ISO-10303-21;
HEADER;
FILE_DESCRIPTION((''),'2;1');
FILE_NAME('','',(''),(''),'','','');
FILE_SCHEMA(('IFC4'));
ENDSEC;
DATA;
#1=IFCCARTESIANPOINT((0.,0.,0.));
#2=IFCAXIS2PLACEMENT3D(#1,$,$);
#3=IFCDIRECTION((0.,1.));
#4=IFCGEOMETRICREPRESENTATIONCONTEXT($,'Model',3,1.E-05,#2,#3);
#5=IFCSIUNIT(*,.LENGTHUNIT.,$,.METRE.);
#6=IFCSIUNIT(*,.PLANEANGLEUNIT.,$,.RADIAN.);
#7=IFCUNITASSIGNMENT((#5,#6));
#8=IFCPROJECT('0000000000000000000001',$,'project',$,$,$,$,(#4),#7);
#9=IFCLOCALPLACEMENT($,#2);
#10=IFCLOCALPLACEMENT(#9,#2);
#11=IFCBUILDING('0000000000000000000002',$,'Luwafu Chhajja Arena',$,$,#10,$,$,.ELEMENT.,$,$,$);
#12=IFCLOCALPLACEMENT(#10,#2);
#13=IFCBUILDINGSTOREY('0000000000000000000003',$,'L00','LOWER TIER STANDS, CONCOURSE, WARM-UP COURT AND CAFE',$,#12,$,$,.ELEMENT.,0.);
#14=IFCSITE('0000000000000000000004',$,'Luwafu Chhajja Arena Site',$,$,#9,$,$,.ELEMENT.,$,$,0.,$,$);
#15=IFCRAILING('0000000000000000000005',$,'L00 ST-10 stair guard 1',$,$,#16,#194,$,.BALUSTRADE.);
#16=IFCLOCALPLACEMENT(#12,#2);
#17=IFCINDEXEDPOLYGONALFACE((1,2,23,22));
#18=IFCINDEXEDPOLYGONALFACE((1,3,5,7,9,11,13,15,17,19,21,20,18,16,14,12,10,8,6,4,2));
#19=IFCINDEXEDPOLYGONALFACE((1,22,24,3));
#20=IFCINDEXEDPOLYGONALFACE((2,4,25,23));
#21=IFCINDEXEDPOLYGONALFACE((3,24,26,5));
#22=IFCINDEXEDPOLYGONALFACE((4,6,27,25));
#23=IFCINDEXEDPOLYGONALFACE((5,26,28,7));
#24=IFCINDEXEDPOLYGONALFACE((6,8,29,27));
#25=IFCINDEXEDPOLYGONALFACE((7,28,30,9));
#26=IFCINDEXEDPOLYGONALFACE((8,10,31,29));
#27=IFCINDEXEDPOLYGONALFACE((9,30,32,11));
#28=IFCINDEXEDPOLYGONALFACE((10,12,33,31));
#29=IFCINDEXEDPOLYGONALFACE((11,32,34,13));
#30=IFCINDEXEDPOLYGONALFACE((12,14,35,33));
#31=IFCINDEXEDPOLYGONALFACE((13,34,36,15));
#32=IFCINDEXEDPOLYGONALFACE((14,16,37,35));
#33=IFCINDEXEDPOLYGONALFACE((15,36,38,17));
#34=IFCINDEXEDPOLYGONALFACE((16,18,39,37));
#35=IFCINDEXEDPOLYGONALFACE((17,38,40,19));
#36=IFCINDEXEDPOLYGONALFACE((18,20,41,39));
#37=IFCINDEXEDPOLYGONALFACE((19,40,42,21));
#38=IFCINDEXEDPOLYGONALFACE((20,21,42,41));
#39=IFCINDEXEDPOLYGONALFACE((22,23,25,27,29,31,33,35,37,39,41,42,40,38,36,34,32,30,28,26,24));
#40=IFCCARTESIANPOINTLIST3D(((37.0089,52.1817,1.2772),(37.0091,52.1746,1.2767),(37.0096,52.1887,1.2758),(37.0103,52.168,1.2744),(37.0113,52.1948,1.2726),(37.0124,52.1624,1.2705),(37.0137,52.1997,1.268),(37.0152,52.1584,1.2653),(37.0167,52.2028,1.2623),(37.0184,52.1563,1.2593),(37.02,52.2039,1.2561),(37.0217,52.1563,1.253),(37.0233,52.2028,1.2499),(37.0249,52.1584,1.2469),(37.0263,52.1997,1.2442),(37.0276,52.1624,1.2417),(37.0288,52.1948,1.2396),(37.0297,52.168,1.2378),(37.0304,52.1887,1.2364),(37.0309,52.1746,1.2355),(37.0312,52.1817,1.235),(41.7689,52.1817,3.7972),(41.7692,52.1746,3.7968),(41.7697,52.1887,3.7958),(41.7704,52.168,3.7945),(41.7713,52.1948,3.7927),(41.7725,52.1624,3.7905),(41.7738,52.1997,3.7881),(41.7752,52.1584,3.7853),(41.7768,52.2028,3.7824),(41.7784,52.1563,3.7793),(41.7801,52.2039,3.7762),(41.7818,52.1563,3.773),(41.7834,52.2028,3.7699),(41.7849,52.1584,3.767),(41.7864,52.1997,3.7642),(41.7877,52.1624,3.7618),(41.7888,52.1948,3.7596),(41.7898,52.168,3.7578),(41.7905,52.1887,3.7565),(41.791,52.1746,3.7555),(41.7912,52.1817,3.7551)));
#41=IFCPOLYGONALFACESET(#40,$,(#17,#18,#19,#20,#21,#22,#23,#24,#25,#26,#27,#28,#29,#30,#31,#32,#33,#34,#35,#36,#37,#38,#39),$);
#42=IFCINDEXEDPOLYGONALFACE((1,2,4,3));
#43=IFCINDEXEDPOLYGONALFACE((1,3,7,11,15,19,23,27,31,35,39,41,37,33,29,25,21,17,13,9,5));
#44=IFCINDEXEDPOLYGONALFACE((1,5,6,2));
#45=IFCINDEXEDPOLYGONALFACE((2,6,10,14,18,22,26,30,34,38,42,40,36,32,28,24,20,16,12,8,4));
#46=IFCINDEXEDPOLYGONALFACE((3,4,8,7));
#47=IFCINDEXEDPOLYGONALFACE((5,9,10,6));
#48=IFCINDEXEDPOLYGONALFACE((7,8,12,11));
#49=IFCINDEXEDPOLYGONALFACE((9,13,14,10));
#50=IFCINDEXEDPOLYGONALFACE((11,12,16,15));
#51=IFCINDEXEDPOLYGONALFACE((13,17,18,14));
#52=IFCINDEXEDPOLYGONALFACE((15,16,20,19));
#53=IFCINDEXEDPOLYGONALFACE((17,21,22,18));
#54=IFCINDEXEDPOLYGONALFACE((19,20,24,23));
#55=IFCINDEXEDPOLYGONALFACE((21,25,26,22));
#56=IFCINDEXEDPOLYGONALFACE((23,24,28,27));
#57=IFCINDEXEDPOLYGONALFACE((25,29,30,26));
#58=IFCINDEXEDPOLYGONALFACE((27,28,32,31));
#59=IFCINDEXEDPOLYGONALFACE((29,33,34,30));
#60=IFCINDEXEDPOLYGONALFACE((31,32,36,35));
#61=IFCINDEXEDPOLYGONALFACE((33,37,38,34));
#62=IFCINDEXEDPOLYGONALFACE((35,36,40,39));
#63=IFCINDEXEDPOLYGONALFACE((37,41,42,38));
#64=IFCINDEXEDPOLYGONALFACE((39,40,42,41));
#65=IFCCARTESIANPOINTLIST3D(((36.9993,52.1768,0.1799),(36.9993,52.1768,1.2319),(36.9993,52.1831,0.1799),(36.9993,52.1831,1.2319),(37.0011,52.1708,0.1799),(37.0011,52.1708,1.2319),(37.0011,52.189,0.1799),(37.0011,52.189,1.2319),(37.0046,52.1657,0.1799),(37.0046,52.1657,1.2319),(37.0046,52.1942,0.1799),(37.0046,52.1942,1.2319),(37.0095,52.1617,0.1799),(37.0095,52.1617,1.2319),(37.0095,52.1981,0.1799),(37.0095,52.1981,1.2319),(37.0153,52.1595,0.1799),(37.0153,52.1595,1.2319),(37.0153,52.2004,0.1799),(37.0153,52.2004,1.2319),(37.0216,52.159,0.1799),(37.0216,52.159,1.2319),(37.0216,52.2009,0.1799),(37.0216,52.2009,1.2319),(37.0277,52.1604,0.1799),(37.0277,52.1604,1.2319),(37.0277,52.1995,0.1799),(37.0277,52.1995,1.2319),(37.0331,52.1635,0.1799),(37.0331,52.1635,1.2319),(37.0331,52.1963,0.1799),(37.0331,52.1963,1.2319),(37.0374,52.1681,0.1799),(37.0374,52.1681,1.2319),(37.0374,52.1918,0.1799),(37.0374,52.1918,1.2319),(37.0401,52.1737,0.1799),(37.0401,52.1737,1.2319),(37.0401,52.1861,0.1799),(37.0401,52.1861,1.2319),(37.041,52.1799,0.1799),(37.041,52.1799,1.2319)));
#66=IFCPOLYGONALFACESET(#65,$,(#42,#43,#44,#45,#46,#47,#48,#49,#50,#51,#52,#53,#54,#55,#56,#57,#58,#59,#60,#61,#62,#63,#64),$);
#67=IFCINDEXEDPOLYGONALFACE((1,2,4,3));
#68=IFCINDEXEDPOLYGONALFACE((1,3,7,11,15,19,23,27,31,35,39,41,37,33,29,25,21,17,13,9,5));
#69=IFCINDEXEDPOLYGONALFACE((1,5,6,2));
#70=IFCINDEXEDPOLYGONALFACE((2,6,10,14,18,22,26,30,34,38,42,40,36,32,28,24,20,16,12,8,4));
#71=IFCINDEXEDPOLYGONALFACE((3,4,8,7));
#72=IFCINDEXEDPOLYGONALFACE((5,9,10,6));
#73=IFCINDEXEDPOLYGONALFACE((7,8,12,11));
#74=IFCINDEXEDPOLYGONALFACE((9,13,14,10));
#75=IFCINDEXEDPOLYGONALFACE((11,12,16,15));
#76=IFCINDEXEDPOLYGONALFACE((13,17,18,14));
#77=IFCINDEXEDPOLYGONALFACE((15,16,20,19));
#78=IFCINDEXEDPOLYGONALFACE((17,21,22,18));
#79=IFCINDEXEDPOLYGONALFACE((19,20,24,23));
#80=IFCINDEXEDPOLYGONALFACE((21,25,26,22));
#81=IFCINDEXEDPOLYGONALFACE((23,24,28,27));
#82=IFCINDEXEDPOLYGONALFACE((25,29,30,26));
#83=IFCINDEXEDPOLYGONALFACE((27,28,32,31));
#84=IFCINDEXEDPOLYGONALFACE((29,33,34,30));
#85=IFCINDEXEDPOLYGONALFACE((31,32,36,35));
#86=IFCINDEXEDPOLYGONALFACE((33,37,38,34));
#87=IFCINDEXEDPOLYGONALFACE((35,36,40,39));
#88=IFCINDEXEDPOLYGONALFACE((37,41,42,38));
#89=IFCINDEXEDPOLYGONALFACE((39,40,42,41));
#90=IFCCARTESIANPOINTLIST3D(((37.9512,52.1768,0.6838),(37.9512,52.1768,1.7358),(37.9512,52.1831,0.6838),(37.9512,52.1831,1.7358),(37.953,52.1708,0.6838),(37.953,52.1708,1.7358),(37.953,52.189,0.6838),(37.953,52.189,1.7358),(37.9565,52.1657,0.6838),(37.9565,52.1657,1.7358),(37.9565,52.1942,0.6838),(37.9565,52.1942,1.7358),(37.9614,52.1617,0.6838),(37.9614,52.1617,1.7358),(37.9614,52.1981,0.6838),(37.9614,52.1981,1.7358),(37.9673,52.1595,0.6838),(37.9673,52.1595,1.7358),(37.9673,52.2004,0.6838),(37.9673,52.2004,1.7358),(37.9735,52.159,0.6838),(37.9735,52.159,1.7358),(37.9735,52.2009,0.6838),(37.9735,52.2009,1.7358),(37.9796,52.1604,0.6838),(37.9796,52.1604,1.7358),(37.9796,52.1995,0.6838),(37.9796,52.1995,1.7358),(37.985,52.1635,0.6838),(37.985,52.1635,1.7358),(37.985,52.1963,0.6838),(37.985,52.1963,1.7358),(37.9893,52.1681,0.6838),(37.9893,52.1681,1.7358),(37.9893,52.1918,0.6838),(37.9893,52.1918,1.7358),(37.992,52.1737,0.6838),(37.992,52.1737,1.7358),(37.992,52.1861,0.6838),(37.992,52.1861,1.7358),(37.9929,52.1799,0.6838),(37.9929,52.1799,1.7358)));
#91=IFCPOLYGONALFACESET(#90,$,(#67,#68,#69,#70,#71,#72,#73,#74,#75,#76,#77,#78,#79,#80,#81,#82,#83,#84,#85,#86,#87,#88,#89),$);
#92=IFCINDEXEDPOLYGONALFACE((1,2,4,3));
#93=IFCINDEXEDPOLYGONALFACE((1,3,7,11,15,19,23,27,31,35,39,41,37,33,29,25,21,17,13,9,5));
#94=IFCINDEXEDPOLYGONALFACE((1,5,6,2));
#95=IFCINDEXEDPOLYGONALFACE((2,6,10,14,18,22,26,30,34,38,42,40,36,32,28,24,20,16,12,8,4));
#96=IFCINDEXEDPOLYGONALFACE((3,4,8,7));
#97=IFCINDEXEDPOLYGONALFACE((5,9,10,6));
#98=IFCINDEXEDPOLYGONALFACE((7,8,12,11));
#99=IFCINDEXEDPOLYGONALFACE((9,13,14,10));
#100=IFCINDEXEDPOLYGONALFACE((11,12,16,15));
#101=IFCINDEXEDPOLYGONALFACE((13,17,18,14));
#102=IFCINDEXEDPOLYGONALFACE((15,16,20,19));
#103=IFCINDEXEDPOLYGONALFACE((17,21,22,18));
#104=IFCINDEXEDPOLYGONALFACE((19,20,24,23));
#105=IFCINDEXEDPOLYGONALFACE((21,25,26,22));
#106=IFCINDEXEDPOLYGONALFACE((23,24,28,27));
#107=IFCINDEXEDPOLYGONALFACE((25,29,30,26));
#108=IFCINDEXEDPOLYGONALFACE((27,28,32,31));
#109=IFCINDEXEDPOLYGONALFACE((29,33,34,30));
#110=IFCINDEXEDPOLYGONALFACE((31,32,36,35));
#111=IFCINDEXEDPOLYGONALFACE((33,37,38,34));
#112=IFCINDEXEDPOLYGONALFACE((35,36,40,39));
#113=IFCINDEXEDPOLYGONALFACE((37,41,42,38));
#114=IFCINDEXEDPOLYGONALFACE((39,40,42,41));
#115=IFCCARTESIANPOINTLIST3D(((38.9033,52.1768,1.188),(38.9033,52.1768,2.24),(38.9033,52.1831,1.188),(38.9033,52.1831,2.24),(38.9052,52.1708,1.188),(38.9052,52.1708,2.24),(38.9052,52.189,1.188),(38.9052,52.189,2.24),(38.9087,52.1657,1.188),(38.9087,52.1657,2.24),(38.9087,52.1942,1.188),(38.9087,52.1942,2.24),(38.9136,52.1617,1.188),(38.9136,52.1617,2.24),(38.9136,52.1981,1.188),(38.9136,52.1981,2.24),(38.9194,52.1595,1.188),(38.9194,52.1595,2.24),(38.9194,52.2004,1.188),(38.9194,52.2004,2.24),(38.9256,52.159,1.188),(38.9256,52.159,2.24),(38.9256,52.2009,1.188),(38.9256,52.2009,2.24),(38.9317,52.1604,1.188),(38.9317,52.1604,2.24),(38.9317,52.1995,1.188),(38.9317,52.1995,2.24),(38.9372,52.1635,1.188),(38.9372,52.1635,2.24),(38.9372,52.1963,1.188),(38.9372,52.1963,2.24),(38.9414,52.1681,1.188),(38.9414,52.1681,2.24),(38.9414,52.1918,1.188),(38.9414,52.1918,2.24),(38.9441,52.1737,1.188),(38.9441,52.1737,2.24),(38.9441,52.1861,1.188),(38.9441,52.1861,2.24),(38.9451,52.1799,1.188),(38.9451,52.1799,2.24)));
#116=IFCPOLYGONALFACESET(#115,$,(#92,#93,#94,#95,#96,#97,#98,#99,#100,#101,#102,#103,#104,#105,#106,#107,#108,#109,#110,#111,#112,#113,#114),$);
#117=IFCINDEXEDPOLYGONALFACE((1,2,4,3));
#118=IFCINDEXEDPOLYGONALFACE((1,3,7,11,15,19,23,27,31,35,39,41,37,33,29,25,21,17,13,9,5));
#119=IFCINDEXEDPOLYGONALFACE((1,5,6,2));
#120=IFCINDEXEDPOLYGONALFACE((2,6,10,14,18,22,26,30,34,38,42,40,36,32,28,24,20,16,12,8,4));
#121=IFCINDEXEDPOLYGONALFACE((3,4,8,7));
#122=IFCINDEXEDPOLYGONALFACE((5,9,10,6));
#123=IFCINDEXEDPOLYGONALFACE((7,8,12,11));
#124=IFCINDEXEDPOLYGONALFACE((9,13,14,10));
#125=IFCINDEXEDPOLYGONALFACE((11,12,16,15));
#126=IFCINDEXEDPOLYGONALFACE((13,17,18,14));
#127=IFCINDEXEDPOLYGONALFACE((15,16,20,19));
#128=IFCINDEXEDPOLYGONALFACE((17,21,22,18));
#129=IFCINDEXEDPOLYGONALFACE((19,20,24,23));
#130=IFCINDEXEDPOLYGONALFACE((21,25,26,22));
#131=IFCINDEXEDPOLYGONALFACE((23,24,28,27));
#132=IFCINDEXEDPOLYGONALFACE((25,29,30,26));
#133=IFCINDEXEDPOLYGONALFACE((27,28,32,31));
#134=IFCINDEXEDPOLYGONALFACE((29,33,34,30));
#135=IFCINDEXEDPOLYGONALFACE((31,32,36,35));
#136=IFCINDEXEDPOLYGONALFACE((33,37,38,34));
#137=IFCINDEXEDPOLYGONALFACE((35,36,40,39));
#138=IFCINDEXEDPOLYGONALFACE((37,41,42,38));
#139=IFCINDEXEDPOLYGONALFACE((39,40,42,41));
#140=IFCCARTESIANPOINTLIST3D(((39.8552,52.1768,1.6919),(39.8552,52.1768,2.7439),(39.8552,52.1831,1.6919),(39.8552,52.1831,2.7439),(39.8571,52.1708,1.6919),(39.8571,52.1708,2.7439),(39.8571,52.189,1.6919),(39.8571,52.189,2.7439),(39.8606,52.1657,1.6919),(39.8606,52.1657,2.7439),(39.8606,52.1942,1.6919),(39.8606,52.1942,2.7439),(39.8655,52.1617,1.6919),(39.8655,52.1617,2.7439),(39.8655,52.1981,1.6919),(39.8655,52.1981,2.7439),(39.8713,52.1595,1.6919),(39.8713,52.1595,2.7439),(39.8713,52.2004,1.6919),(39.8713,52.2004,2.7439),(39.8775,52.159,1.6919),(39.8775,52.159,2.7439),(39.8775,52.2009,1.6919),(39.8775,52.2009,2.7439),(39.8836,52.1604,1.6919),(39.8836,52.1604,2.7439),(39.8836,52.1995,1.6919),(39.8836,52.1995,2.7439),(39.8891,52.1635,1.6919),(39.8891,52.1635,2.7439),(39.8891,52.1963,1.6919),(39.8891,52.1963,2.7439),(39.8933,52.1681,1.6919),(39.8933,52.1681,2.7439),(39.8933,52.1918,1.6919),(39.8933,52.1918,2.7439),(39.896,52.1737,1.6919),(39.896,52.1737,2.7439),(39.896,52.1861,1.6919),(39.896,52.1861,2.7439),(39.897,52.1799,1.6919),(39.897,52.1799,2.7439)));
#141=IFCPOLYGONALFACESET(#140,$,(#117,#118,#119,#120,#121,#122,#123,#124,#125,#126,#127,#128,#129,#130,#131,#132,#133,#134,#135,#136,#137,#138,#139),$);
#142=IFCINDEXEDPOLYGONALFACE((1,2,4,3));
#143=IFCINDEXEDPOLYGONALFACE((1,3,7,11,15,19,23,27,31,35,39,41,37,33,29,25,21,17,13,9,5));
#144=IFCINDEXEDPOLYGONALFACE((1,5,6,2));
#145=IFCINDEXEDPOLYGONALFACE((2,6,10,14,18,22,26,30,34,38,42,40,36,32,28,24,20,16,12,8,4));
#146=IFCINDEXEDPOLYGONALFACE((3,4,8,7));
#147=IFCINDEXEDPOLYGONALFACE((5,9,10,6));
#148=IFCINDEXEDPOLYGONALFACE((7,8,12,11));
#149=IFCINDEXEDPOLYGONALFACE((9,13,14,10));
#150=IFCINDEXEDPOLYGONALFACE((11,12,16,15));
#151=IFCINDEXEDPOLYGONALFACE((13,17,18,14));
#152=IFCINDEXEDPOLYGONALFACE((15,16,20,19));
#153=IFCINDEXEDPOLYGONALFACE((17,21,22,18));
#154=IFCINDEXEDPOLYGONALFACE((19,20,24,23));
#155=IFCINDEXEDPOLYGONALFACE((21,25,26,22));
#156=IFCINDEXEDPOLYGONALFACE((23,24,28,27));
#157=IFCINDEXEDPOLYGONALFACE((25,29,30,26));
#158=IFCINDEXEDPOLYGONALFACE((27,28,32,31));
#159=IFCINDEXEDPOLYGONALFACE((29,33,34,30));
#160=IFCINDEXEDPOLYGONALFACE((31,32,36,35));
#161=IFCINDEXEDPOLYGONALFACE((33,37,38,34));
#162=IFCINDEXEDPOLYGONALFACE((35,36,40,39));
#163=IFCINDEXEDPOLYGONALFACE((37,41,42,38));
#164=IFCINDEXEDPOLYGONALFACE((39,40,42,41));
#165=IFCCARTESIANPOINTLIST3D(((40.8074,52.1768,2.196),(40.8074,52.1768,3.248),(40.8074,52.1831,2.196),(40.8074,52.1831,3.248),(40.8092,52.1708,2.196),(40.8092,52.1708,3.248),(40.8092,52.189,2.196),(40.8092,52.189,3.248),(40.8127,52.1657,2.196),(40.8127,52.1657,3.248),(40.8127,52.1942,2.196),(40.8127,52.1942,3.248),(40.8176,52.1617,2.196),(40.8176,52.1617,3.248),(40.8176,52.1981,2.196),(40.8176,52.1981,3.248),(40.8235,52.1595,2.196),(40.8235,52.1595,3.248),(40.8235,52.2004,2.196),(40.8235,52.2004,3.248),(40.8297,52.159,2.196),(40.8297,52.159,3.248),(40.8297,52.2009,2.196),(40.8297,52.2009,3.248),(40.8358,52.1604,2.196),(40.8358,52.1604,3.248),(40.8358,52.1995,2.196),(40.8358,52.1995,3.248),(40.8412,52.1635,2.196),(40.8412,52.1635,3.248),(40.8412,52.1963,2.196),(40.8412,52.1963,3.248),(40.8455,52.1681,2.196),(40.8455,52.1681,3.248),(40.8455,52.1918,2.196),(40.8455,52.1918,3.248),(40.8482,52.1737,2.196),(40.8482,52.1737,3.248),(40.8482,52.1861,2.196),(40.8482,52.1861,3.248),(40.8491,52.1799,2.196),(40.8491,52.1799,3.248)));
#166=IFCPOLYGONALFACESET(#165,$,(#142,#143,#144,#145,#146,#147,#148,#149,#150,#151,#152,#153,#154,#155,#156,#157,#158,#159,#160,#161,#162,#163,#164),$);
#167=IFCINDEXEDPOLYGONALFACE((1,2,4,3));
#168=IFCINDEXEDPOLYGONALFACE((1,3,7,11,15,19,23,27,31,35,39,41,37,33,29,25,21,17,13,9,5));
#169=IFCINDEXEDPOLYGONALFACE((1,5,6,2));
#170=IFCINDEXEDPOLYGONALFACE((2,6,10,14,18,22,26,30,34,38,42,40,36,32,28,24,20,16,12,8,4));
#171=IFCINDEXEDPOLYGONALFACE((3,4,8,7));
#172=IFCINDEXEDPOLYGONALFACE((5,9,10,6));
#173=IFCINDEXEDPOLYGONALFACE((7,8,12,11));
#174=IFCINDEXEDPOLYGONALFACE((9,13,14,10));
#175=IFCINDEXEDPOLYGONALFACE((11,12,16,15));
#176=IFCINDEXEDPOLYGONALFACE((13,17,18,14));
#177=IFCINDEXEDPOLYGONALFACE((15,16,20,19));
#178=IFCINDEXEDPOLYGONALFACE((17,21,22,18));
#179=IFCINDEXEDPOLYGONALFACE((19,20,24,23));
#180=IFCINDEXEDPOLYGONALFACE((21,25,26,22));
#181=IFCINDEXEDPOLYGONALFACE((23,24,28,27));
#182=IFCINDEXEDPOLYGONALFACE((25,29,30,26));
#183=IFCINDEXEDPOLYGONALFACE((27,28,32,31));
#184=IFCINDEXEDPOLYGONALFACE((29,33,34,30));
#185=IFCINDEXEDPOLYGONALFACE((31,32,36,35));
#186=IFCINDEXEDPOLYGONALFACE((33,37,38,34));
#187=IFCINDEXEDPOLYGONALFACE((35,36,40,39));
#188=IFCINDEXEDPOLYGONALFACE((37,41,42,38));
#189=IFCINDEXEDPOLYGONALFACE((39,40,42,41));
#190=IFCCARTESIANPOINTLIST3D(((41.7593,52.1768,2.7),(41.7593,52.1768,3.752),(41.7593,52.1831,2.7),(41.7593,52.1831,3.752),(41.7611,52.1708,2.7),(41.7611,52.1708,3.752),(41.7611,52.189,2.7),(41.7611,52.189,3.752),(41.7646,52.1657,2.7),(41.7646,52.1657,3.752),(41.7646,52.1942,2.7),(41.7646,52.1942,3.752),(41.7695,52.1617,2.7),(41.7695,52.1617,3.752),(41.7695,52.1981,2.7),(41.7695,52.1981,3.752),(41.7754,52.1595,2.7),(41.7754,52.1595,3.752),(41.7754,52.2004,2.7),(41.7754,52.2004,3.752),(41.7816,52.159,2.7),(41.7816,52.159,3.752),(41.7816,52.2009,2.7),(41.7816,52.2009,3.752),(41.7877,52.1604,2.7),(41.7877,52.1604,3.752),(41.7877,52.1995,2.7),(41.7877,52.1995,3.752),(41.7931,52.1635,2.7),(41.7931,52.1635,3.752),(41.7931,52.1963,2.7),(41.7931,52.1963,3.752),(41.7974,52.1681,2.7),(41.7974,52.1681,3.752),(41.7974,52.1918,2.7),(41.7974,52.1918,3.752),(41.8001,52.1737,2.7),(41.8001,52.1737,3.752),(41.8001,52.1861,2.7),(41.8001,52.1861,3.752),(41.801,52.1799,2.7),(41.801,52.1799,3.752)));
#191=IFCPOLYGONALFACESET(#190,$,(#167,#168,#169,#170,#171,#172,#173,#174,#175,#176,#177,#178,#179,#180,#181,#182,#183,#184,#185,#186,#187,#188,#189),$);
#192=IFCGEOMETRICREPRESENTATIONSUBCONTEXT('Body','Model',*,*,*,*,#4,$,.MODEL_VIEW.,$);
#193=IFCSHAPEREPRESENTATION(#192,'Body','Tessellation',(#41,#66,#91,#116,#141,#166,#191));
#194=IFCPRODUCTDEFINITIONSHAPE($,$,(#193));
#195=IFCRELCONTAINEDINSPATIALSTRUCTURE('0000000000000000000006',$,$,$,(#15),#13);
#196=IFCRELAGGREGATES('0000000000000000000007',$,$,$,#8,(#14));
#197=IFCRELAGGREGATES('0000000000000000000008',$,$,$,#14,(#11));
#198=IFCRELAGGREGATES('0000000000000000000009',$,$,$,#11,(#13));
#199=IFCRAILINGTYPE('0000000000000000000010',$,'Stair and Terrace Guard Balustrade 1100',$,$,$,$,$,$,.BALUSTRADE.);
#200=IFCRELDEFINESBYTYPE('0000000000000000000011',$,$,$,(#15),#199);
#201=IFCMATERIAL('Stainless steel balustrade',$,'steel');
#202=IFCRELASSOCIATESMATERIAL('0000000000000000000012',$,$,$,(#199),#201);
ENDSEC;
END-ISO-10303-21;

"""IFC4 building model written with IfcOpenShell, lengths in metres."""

from ifc_helpers import new_model, si_unit, direction, frame, origin, origin_2d, place, context, subcontext, project, spatial, circle, extrude, material, type_object, element, save


model = new_model("IFC4")

# Units and contexts
model_context = context("Model", 3, precision=1e-05, world=origin(), true_north=direction((0.0, 1.0)))
body_context = subcontext(model_context, "Body", "Model", "MODEL_VIEW")
ifc_project = project(units=[si_unit("LENGTHUNIT", "METRE"), si_unit("PLANEANGLEUNIT", "RADIAN")], contexts=[model_context])

# Site, building, storey
site_placement = place(None, origin())
site = spatial("IfcSite", under=ifc_project, at=site_placement, Name="Luwafu Chhajja Arena Site", CompositionType="ELEMENT", RefElevation=0.0)
building_placement = place(site_placement, origin())
building = spatial("IfcBuilding", under=site, at=building_placement, Name="Luwafu Chhajja Arena", CompositionType="ELEMENT")
storey_placement = place(building_placement, origin())
storey = spatial("IfcBuildingStorey", under=building, at=storey_placement, Name="L00", Description="LOWER TIER STANDS, CONCOURSE, WARM-UP COURT AND CAFE", CompositionType="ELEMENT", Elevation=0.0)

# Railing
ifc_material_1 = material(Name="Stainless steel balustrade", Category="steel")
railing_type_1 = type_object("IfcRailingType", Name="Stair and Terrace Guard Balustrade 1100", PredefinedType="BALUSTRADE", material=ifc_material_1)
railing_1_placement = place(storey_placement, frame((37.02, 52.1799, 0.1799)))
element("IfcRailing", 1, at=railing_1_placement, inside=storey, type_object=railing_type_1, Name="L00 ST-10 stair guard 1", PredefinedType="BALUSTRADE", context=body_context, shape_type="SweptSolid", body=[
    extrude(circle(Radius=0.0239, at=origin_2d()), frame((0.0, 0.0, 1.0762), z_axis=(0.883787, 0.0, 0.46789), x_axis=(0.0, 1.0, 0.0)), (0.0, 0.0, 1.0), 5.386),
    extrude(circle(Radius=0.021, at=origin_2d()), origin(), (0.0, 0.0, 1.0), 1.052),
    extrude(circle(Radius=0.021, at=origin_2d()), frame((0.9519, 0.0, 0.5039)), (0.0, 0.0, 1.0), 1.052),
    extrude(circle(Radius=0.021, at=origin_2d()), frame((1.9041, 0.0, 1.0081)), (0.0, 0.0, 1.0), 1.052),
    extrude(circle(Radius=0.021, at=origin_2d()), frame((2.856, 0.0, 1.512)), (0.0, 0.0, 1.0), 1.052),
    extrude(circle(Radius=0.021, at=origin_2d()), frame((3.8081, 0.0, 2.0161)), (0.0, 0.0, 1.0), 1.052),
    extrude(circle(Radius=0.021, at=origin_2d()), frame((4.76, 0.0, 2.52)), (0.0, 0.0, 1.0), 1.052),
])

save(model, "model.ifc")
